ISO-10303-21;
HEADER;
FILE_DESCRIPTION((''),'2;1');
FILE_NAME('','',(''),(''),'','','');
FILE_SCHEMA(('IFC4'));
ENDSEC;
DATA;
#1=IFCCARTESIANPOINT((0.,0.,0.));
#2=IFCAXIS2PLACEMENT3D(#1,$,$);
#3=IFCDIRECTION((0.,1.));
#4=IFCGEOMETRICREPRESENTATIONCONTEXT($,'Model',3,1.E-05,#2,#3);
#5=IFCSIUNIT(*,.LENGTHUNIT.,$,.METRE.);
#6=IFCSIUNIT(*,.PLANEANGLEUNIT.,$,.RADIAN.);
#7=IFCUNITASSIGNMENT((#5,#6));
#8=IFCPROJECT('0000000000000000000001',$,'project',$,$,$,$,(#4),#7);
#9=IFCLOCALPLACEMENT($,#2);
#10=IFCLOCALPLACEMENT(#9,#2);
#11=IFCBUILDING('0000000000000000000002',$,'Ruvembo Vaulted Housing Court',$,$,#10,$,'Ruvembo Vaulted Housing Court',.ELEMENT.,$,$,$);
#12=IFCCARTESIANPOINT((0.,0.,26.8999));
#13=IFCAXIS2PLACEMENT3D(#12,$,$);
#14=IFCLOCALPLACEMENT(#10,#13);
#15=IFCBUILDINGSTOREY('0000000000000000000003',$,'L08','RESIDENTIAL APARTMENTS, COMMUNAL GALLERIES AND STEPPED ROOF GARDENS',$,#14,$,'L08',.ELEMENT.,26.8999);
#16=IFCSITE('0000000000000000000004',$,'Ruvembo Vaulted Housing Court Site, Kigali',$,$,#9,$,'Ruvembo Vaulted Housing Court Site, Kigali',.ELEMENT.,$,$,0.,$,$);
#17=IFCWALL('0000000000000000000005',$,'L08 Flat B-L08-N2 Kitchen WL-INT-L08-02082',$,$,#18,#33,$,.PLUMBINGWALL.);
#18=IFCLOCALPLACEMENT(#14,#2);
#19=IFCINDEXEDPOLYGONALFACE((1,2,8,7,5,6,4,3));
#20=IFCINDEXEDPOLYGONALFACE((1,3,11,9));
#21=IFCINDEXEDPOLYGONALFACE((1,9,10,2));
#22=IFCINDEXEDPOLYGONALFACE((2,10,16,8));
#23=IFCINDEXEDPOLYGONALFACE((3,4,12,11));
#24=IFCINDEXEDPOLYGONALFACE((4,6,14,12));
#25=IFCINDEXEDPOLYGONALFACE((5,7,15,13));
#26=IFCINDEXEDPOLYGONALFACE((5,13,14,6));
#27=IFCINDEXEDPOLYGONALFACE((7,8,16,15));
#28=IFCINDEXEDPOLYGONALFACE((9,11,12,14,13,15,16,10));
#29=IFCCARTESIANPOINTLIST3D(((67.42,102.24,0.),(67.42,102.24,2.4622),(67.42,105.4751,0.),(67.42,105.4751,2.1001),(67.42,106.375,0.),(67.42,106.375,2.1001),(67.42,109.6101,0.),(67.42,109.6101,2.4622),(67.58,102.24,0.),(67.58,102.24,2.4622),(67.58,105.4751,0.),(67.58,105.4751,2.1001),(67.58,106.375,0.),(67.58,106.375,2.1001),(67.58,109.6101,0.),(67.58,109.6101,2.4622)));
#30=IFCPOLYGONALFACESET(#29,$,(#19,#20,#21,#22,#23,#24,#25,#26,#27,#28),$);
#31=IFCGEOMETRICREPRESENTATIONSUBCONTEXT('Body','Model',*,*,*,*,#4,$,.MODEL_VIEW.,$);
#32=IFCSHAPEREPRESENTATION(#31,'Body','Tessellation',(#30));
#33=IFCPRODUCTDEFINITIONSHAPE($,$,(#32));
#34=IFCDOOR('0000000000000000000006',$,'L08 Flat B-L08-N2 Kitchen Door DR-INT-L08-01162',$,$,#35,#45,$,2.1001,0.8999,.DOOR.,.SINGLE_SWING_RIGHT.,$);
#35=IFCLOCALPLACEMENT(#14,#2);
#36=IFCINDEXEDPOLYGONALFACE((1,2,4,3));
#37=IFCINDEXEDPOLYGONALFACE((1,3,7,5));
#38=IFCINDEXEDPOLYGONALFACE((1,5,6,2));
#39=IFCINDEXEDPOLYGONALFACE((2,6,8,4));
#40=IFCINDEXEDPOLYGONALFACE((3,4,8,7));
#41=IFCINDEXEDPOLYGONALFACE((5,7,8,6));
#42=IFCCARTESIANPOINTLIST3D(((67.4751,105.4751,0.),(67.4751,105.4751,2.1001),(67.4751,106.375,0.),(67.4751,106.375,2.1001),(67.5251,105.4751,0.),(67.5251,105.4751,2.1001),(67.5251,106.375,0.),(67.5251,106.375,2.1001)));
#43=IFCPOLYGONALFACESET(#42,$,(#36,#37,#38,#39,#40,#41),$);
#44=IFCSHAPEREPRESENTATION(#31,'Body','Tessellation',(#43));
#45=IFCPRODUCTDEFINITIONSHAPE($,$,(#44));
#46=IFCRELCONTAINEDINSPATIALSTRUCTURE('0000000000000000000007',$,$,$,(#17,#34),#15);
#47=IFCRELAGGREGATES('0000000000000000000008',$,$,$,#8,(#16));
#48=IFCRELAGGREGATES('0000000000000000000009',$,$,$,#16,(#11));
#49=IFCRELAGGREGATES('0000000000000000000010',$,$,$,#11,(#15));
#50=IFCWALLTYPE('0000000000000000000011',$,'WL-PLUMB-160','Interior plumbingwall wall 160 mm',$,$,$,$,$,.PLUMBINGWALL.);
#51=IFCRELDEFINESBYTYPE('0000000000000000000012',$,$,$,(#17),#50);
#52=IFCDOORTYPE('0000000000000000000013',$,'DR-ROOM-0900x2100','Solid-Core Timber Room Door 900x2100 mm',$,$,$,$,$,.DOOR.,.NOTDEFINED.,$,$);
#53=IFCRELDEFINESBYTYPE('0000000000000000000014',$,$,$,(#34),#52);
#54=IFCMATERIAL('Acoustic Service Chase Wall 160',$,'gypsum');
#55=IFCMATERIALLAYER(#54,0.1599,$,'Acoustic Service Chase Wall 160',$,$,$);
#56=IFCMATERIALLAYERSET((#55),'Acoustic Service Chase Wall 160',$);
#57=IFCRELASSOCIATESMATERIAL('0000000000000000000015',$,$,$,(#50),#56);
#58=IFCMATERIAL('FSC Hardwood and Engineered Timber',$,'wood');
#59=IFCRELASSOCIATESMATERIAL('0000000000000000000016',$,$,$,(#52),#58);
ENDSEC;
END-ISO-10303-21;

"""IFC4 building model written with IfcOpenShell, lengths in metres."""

from ifc_helpers import new_model, si_unit, direction, frame, frame_2d, origin, place, context, subcontext, project, spatial, rectangle, extrude, material, layer, layer_set, type_object, element, fill, save


model = new_model("IFC4")

# Units and contexts
model_context = context("Model", 3, precision=1e-05, world=origin(), true_north=direction((0.0, 1.0)))
body_context = subcontext(model_context, "Body", "Model", "MODEL_VIEW")
ifc_project = project(units=[si_unit("LENGTHUNIT", "METRE"), si_unit("PLANEANGLEUNIT", "RADIAN")], contexts=[model_context])

# Site, building, storey
site_placement = place(None, origin())
site = spatial("IfcSite", under=ifc_project, at=site_placement, Name="Ruvembo Vaulted Housing Court Site, Kigali", LongName="Ruvembo Vaulted Housing Court Site, Kigali", CompositionType="ELEMENT", RefElevation=0.0)
building_placement = place(site_placement, origin())
building = spatial("IfcBuilding", under=site, at=building_placement, Name="Ruvembo Vaulted Housing Court", LongName="Ruvembo Vaulted Housing Court", CompositionType="ELEMENT")
storey_placement = place(building_placement, frame((0.0, 0.0, 26.8999)))
storey = spatial("IfcBuildingStorey", under=building, at=storey_placement, Name="L08", Description="RESIDENTIAL APARTMENTS, COMMUNAL GALLERIES AND STEPPED ROOF GARDENS", LongName="L08", CompositionType="ELEMENT", Elevation=26.8999)

# Wall, opening, door
ifc_material_1 = material(Name="FSC Hardwood and Engineered Timber", Category="wood")
ifc_material_2 = material(Name="Acoustic Service Chase Wall 160", Category="gypsum")
ifc_layer_1 = layer(ifc_material_2, 0.1599, Name="Acoustic Service Chase Wall 160")
ifc_layer_set_1 = layer_set([ifc_layer_1], Name="Acoustic Service Chase Wall 160")
wall_type_1 = type_object("IfcWallType", Name="WL-PLUMB-160", Description="Interior plumbingwall wall 160 mm", PredefinedType="PLUMBINGWALL", material=ifc_layer_set_1)
wall_1_placement = place(storey_placement, frame((67.5, 102.24, 0.0), z_axis=(0.0, 0.0, 1.0), x_axis=(0.0, 1.0, 0.0)))
wall_1 = element("IfcWall", 1, at=wall_1_placement, inside=storey, type_object=wall_type_1, Name="L08 Flat B-L08-N2 Kitchen WL-INT-L08-02082", PredefinedType="PLUMBINGWALL", context=body_context, shape_type="SweptSolid", body=[
    extrude(rectangle(XDim=7.3701, YDim=0.1599, at=frame_2d((3.6851, 0.0))), origin(), (0.0, 0.0, 1.0), 2.4622),
])
opening_1_placement = place(wall_1_placement, frame((3.2351, 0.0, 0.0)))
opening_1 = element("IfcOpeningElement", 2, at=opening_1_placement, cuts=wall_1, PredefinedType="OPENING", context=body_context, shape_type="SweptSolid", body=[
    extrude(rectangle(XDim=0.8999, YDim=2.1001, at=frame_2d((0.45, 1.05))), frame((0.0, 0.0898, 0.0), z_axis=(0.0, -1.0, 0.0), x_axis=(1.0, 0.0, 0.0)), (0.0, 0.0, 1.0), 0.1799),
])
door_type_1 = type_object("IfcDoorType", Name="DR-ROOM-0900x2100", Description="Solid-Core Timber Room Door 900x2100 mm", OperationType="NOTDEFINED", PredefinedType="DOOR", material=ifc_material_1)
door_1_placement = place(opening_1_placement, origin())
door_1 = element("IfcDoor", 3, at=door_1_placement, inside=storey, type_object=door_type_1, Name="L08 Flat B-L08-N2 Kitchen Door DR-INT-L08-01162", OperationType="SINGLE_SWING_RIGHT", OverallHeight=2.1001, OverallWidth=0.8999, PredefinedType="DOOR", context=body_context, shape_type="SweptSolid", body=[
    extrude(rectangle(XDim=0.8999, YDim=2.1001, at=frame_2d((0.45, 1.05))), frame((0.0, 0.0249, 0.0), z_axis=(0.0, -1.0, 0.0), x_axis=(1.0, 0.0, 0.0)), (0.0, 0.0, 1.0), 0.05),
])
fill(opening_1, door_1)

save(model, "model.ifc")
